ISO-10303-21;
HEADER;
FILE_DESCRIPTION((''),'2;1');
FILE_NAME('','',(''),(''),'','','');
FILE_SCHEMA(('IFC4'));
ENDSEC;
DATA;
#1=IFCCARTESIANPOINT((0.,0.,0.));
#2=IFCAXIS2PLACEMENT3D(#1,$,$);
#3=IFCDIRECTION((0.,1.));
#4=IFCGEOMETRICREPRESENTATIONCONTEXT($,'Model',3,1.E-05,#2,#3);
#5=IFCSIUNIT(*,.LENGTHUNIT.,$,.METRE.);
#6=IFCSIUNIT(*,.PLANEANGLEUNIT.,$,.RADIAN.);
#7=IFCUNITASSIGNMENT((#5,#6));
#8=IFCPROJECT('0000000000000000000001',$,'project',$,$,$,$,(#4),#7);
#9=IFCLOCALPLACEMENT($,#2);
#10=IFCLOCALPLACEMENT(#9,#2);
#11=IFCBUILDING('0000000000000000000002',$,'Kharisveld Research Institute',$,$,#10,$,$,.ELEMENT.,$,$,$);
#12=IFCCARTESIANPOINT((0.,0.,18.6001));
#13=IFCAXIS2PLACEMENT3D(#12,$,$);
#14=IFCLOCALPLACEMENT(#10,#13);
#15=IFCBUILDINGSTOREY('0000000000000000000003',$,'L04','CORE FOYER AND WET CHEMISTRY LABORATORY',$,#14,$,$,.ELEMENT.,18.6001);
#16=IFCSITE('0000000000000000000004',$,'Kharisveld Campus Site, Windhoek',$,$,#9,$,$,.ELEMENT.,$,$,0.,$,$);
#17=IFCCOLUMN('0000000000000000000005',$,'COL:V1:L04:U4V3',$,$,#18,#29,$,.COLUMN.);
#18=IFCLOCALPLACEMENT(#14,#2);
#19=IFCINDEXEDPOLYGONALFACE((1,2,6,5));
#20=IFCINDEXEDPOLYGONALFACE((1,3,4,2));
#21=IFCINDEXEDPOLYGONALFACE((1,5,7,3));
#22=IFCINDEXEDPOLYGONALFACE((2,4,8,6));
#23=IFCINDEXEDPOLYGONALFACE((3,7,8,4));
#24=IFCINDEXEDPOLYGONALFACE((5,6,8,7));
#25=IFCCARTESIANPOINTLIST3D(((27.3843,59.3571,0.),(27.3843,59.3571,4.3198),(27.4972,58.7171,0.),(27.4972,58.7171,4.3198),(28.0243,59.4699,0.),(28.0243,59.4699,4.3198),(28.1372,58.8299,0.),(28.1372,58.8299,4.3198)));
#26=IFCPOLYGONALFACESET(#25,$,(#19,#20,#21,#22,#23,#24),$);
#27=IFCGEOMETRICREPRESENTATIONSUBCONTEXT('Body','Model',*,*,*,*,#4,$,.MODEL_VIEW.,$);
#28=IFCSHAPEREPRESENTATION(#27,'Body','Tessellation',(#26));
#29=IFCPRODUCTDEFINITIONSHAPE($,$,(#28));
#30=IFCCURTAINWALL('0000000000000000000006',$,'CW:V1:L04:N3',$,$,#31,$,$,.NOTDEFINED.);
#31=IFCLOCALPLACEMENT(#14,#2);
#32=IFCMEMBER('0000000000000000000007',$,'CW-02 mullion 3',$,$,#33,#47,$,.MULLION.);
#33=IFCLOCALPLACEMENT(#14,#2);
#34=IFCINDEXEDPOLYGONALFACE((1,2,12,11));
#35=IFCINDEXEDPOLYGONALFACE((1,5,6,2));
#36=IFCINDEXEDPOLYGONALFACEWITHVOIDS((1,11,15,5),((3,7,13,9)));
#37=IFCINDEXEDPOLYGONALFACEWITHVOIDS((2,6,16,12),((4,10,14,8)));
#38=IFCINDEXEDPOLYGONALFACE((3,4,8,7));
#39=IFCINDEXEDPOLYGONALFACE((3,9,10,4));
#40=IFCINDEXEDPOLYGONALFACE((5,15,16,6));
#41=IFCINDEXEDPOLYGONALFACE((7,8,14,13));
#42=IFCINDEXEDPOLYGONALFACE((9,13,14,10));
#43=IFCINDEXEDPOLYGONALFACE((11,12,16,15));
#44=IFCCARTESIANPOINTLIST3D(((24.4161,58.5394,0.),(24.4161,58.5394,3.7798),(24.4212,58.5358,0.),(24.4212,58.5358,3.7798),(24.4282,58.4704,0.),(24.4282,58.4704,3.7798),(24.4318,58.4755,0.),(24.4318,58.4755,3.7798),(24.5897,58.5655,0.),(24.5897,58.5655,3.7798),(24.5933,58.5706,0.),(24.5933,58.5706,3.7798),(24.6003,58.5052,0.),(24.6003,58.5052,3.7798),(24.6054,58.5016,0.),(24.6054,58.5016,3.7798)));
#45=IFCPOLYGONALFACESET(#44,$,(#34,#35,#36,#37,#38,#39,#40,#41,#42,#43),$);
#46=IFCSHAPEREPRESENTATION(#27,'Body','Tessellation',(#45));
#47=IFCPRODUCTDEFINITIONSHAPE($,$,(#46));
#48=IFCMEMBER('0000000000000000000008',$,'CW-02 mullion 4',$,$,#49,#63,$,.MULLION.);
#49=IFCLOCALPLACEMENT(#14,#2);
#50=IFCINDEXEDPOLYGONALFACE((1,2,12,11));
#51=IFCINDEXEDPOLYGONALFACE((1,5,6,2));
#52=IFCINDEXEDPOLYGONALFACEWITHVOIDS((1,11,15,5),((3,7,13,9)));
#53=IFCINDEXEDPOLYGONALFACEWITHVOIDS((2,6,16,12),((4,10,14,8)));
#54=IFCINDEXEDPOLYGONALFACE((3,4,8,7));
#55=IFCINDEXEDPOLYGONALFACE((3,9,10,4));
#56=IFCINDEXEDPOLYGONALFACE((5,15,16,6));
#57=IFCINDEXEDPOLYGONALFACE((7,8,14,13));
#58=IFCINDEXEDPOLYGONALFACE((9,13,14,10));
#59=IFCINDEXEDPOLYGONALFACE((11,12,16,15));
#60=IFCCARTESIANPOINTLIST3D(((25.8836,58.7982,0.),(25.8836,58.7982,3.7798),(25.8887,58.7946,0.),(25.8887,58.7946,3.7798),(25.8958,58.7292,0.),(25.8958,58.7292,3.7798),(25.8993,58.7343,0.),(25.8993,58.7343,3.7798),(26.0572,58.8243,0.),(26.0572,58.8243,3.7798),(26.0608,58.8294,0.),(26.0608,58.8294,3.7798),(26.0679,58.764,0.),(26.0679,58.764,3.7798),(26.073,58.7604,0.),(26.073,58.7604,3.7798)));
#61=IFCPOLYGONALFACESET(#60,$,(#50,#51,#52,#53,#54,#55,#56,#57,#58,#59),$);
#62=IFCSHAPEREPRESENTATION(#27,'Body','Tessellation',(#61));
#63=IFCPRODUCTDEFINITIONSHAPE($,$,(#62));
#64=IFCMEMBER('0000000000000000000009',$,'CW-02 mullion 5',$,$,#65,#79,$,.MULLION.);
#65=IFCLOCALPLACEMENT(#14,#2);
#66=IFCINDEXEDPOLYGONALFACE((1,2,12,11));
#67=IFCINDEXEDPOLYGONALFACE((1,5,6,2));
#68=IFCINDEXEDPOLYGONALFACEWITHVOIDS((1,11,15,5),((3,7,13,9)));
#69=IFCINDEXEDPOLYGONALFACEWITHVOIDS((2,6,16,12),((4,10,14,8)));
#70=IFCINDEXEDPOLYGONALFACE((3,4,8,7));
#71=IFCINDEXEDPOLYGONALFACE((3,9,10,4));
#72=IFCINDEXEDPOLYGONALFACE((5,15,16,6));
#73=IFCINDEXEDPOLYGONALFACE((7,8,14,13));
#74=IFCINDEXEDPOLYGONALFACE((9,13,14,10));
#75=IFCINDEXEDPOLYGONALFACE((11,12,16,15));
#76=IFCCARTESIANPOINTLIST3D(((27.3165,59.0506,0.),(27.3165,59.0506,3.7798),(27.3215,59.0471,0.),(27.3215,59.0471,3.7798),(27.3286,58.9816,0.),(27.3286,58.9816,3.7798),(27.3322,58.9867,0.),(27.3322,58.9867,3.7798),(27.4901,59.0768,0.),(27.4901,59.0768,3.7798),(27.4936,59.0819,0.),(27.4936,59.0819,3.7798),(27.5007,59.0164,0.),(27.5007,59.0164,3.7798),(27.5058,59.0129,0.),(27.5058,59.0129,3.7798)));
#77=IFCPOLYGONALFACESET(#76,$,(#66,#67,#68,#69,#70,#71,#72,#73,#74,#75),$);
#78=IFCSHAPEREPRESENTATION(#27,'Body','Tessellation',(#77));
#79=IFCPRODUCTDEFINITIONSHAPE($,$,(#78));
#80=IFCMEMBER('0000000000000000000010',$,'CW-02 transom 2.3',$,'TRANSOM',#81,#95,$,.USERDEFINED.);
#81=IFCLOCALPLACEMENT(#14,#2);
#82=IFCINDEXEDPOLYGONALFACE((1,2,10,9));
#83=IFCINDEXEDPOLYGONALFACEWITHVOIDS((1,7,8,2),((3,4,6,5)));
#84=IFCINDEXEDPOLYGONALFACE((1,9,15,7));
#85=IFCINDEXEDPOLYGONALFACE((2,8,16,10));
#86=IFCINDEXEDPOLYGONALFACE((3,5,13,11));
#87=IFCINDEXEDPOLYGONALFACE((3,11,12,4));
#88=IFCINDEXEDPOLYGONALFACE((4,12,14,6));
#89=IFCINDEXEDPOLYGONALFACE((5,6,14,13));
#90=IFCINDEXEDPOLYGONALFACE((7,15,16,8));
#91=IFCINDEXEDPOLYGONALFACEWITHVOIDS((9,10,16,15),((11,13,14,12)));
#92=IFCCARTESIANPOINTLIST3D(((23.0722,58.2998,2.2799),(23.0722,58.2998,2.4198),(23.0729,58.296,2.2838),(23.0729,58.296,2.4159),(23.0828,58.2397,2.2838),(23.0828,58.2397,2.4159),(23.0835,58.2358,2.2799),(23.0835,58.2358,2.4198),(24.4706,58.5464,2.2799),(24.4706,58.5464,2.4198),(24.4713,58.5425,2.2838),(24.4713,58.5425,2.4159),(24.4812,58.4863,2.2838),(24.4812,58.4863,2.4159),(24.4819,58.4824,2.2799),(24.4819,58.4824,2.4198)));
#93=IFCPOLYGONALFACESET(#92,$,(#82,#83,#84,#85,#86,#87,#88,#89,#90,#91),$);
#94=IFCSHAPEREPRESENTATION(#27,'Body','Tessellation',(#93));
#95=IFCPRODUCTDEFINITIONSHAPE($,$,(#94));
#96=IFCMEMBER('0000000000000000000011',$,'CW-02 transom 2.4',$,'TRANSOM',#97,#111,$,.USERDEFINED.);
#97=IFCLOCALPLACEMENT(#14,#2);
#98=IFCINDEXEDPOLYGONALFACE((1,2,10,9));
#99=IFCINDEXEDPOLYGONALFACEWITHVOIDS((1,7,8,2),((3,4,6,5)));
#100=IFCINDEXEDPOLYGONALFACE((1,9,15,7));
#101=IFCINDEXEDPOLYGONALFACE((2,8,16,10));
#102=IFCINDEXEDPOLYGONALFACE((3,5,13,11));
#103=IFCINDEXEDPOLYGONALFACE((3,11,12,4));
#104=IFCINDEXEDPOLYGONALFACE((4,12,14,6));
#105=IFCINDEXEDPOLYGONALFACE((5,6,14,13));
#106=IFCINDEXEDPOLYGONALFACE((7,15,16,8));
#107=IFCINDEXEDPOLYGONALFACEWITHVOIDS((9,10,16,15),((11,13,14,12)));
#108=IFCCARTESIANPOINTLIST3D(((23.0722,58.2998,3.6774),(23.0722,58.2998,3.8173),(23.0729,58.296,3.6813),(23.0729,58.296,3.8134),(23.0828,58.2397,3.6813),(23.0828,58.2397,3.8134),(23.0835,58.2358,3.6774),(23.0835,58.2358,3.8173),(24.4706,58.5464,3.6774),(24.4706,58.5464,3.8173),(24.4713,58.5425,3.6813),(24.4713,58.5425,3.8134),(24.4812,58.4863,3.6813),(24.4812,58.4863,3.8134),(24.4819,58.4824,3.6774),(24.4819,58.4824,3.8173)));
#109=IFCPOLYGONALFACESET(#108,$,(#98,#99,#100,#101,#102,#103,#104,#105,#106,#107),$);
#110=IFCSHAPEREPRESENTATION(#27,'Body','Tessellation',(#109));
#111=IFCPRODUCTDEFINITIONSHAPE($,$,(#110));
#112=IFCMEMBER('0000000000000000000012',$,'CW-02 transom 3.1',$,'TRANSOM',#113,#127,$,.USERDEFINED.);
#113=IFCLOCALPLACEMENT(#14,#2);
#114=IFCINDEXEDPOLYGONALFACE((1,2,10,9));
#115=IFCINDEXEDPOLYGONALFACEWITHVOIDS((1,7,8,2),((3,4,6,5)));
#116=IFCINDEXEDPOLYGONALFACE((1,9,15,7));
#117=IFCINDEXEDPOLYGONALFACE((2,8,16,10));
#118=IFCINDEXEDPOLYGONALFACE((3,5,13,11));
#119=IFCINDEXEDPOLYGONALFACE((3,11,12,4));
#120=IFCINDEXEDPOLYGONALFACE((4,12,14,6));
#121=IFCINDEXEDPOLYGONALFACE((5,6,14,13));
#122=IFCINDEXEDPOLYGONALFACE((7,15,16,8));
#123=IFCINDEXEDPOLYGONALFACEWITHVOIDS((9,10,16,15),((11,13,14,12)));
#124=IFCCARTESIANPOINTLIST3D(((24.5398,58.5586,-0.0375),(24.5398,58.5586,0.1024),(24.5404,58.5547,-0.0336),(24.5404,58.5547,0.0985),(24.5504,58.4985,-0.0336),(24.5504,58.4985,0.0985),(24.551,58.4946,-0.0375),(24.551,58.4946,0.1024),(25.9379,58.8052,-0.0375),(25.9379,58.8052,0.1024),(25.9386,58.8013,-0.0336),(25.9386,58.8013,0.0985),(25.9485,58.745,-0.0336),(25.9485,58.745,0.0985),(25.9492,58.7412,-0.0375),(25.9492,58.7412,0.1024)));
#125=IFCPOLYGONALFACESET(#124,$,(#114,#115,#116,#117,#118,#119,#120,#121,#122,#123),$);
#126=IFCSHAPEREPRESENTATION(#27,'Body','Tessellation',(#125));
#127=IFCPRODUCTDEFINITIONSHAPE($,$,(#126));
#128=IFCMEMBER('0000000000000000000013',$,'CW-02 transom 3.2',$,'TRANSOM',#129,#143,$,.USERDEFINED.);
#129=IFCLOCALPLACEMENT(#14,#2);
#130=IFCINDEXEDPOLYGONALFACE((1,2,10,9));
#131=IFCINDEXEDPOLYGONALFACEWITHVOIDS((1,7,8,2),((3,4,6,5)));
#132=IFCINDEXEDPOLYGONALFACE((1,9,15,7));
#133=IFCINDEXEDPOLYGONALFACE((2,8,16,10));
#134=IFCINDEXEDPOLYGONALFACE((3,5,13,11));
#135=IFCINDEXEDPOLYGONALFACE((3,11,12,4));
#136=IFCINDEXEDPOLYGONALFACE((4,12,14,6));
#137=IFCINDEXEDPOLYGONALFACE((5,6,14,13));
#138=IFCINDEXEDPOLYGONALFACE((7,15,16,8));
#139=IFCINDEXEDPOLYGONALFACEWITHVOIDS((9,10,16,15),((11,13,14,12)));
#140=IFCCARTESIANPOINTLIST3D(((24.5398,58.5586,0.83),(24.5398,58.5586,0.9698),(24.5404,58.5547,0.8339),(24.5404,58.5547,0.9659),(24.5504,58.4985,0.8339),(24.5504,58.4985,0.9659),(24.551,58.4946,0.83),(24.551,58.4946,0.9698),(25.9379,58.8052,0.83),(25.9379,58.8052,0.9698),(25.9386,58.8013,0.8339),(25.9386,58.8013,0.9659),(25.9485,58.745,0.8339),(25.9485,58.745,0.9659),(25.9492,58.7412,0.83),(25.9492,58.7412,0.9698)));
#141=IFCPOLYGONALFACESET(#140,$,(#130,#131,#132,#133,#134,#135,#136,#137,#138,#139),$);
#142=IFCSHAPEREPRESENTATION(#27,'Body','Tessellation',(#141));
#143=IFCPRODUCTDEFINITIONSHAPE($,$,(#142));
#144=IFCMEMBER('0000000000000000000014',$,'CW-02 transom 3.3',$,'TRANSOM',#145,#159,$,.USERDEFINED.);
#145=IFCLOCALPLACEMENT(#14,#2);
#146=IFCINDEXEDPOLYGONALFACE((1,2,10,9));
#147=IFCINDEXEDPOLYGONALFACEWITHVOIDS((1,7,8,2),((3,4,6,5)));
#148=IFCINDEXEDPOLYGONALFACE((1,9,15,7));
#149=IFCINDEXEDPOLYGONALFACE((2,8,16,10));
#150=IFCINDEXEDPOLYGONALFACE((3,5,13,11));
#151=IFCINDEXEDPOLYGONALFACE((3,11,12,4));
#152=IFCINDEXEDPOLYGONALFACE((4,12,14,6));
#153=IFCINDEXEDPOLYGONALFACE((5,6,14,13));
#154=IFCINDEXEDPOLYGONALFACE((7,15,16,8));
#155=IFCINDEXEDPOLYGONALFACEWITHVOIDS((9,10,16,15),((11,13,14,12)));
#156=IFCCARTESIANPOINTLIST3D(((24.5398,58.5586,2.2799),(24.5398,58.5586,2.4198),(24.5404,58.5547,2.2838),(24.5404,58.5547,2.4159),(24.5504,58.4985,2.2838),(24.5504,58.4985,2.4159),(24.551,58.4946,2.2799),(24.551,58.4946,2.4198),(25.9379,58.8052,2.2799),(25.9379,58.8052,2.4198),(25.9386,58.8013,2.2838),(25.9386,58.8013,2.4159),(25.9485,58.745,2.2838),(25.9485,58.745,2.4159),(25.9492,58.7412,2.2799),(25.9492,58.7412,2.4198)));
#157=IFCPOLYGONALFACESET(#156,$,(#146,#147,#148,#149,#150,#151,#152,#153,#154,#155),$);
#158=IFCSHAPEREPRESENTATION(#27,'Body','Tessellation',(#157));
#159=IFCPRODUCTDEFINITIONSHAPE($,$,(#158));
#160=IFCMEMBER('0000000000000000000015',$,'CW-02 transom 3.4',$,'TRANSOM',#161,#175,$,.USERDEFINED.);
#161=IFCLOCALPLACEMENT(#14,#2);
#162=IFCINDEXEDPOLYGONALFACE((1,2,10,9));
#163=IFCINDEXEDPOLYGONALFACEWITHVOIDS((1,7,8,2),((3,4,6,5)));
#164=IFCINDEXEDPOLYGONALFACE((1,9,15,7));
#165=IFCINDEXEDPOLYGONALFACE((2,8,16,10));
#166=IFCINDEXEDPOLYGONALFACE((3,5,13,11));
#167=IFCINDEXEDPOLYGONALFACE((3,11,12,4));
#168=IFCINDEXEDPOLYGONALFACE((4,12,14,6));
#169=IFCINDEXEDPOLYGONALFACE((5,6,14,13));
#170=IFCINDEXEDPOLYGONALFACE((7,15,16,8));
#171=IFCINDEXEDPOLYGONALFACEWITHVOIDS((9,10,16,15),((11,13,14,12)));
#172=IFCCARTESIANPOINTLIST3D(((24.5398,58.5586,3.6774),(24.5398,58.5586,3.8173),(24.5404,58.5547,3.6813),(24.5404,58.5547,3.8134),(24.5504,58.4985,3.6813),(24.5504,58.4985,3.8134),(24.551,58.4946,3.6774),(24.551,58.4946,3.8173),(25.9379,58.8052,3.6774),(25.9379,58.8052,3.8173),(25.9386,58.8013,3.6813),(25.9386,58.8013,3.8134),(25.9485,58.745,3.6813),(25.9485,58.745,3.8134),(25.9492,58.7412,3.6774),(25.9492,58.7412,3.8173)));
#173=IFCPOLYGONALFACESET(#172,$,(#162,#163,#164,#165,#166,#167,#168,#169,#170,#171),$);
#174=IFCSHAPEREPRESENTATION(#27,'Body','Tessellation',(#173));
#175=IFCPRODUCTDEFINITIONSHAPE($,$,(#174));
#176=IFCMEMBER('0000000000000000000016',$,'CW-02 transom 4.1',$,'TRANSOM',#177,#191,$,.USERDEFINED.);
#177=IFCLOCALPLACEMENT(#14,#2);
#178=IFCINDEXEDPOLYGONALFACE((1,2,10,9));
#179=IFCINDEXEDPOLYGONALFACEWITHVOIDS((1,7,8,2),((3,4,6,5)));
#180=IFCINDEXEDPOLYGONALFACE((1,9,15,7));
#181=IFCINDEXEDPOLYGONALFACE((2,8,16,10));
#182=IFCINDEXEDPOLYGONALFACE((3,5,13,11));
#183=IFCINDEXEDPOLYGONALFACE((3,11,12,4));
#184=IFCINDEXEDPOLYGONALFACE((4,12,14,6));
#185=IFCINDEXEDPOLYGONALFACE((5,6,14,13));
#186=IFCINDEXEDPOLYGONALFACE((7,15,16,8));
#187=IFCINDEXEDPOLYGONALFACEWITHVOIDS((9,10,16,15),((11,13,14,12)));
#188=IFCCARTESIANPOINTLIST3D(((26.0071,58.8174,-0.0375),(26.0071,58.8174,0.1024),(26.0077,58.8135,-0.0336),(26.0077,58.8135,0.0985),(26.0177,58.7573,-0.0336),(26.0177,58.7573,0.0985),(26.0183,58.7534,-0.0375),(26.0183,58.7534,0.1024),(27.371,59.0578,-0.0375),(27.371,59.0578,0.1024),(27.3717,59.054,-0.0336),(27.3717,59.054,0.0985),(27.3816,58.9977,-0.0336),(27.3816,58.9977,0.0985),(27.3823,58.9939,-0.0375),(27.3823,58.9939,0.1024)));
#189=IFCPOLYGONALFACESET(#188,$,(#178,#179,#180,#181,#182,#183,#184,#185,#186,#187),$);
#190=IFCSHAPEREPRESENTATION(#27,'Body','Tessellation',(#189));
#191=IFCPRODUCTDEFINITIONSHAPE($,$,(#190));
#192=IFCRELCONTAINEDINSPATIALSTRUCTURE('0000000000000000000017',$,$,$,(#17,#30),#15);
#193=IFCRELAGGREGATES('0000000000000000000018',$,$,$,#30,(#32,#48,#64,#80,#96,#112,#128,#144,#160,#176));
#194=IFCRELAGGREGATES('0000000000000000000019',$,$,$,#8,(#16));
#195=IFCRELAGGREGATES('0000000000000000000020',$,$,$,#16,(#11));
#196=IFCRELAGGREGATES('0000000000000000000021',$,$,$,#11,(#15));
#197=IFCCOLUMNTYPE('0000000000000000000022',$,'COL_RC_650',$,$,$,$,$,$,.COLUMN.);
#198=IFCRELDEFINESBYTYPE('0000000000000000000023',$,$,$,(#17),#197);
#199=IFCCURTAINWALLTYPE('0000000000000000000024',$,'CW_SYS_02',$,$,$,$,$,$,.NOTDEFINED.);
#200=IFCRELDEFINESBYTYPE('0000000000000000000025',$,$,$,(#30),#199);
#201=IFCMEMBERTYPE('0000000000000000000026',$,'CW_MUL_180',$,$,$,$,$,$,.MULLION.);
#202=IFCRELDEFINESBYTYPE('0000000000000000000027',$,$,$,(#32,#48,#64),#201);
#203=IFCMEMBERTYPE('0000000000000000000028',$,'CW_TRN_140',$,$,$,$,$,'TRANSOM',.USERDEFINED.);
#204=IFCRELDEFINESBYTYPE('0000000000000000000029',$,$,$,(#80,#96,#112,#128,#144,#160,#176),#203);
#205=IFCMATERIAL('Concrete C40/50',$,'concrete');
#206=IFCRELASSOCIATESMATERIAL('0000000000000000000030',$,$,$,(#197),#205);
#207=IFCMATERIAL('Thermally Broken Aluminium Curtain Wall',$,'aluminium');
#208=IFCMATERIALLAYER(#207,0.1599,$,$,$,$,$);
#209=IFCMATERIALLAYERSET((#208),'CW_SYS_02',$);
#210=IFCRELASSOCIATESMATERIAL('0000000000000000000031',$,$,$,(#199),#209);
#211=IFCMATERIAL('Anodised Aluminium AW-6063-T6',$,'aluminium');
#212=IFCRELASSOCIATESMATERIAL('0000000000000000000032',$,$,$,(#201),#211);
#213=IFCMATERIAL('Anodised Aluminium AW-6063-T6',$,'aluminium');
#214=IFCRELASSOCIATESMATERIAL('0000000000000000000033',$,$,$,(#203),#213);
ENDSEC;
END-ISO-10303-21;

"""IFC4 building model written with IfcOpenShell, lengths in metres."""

from ifc_helpers import new_model, si_unit, direction, frame, origin, origin_2d, place, context, subcontext, project, spatial, rectangle, hollow_rectangle, extrude, material, layer, layer_set, material_profile, profile_set, type_object, element, aggregate, save


model = new_model("IFC4")

# Units and contexts
model_context = context("Model", 3, precision=1e-05, world=origin(), true_north=direction((0.0, 1.0)))
body_context = subcontext(model_context, "Body", "Model", "MODEL_VIEW")
ifc_project = project(units=[si_unit("LENGTHUNIT", "METRE"), si_unit("PLANEANGLEUNIT", "RADIAN")], contexts=[model_context])

# Site, building, storey
site_placement = place(None, origin())
site = spatial("IfcSite", under=ifc_project, at=site_placement, Name="Kharisveld Campus Site, Windhoek", CompositionType="ELEMENT", RefElevation=0.0)
building_placement = place(site_placement, origin())
building = spatial("IfcBuilding", under=site, at=building_placement, Name="Kharisveld Research Institute", CompositionType="ELEMENT")
storey_placement = place(building_placement, frame((0.0, 0.0, 18.6001)))
storey = spatial("IfcBuildingStorey", under=building, at=storey_placement, Name="L04", Description="CORE FOYER AND WET CHEMISTRY LABORATORY", CompositionType="ELEMENT", Elevation=18.6001)

# Column
ifc_material_1 = material(Name="Concrete C40/50", Category="concrete")
ifc_material_profile_1 = material_profile(ifc_material_1, rectangle(XDim=0.6499, YDim=0.6499, at=origin_2d()))
ifc_profile_set_1 = profile_set([ifc_material_profile_1], Name="Concrete C40/50")
column_type = type_object("IfcColumnType", Name="COL_RC_650", PredefinedType="COLUMN", material=ifc_profile_set_1)
column_placement = place(storey_placement, frame((27.7607, 59.0935, 0.0), z_axis=(0.0, 0.0, 1.0), x_axis=(0.984808, 0.173648, 0.0)))
element("IfcColumn", 1, at=column_placement, inside=storey, type_object=column_type, Name="COL:V1:L04:U4V3", PredefinedType="COLUMN", context=body_context, shape_type="SweptSolid", body=[
    extrude(rectangle(XDim=0.6499, YDim=0.6499, at=origin_2d()), origin(), (0.0, 0.0, 1.0), 4.3198),
])

# Curtain wall, members
ifc_material_2 = material(Name="Thermally Broken Aluminium Curtain Wall", Category="aluminium")
ifc_layer_1 = layer(ifc_material_2, 0.1599)
ifc_layer_set_1 = layer_set([ifc_layer_1], Name="CW_SYS_02")
curtain_wall_type = type_object("IfcCurtainWallType", Name="CW_SYS_02", PredefinedType="NOTDEFINED", material=ifc_layer_set_1)
curtain_wall_placement = place(storey_placement, origin())
curtain_wall = element("IfcCurtainWall", 2, at=curtain_wall_placement, inside=storey, type_object=curtain_wall_type, Name="CW:V1:L04:N3", PredefinedType="NOTDEFINED")
ifc_material_3 = material(Name="Anodised Aluminium AW-6063-T6", Category="aluminium")
ifc_material_profile_2 = material_profile(ifc_material_3, hollow_rectangle(XDim=0.0701, YDim=0.1799, WallThickness=0.0044, at=origin_2d()))
ifc_profile_set_2 = profile_set([ifc_material_profile_2], Name="Anodised Aluminium AW-6063-T6")
member_type_1 = type_object("IfcMemberType", Name="CW_MUL_180", PredefinedType="MULLION", material=ifc_profile_set_2)
member_1_placement = place(storey_placement, frame((24.5107, 58.5205, 0.0), z_axis=(0.0, 0.0, 1.0), x_axis=(-0.173648, 0.984808, 0.0)))
member_1 = element("IfcMember", 3, at=member_1_placement, type_object=member_type_1, Name="CW-02 mullion 3", PredefinedType="MULLION", context=body_context, shape_type="SweptSolid", body=[
    extrude(hollow_rectangle(XDim=0.0701, YDim=0.1799, WallThickness=0.0044, at=origin_2d()), origin(), (0.0, 0.0, 1.0), 3.7798),
])
member_2_placement = place(storey_placement, frame((25.9783, 58.7793, 0.0), z_axis=(0.0, 0.0, 1.0), x_axis=(-0.173648, 0.984808, 0.0)))
member_2 = element("IfcMember", 4, at=member_2_placement, type_object=member_type_1, Name="CW-02 mullion 4", PredefinedType="MULLION", context=body_context, shape_type="SweptSolid", body=[
    extrude(hollow_rectangle(XDim=0.0701, YDim=0.1799, WallThickness=0.0044, at=origin_2d()), origin(), (0.0, 0.0, 1.0), 3.7798),
])
member_3_placement = place(storey_placement, frame((27.4111, 59.0317, 0.0), z_axis=(0.0, 0.0, 1.0), x_axis=(-0.173648, 0.984808, 0.0)))
member_3 = element("IfcMember", 5, at=member_3_placement, type_object=member_type_1, Name="CW-02 mullion 5", PredefinedType="MULLION", context=body_context, shape_type="SweptSolid", body=[
    extrude(hollow_rectangle(XDim=0.0701, YDim=0.1799, WallThickness=0.0044, at=origin_2d()), origin(), (0.0, 0.0, 1.0), 3.7798),
])
ifc_material_4 = material(Name="Anodised Aluminium AW-6063-T6", Category="aluminium")
ifc_material_profile_3 = material_profile(ifc_material_4, hollow_rectangle(XDim=0.0649, YDim=0.1399, WallThickness=0.0039, at=origin_2d()))
ifc_profile_set_3 = profile_set([ifc_material_profile_3], Name="Anodised Aluminium AW-6063-T6")
member_type_2 = type_object("IfcMemberType", Name="CW_TRN_140", ElementType="TRANSOM", PredefinedType="USERDEFINED", material=ifc_profile_set_3)
member_4_placement = place(storey_placement, frame((23.0779, 58.2678, 2.3499), z_axis=(0.984808, 0.173648, 0.0), x_axis=(-0.173648, 0.984808, 0.0)))
member_4 = element("IfcMember", 6, at=member_4_placement, type_object=member_type_2, Name="CW-02 transom 2.3", ObjectType="TRANSOM", PredefinedType="USERDEFINED", context=body_context, shape_type="SweptSolid", body=[
    extrude(hollow_rectangle(XDim=0.0649, YDim=0.1399, WallThickness=0.0039, at=origin_2d()), origin(), (0.0, 0.0, 1.0), 1.4199),
])
member_5_placement = place(storey_placement, frame((23.0779, 58.2678, 3.7473), z_axis=(0.984808, 0.173648, 0.0), x_axis=(-0.173648, 0.984808, 0.0)))
member_5 = element("IfcMember", 7, at=member_5_placement, type_object=member_type_2, Name="CW-02 transom 2.4", ObjectType="TRANSOM", PredefinedType="USERDEFINED", context=body_context, shape_type="SweptSolid", body=[
    extrude(hollow_rectangle(XDim=0.0649, YDim=0.1399, WallThickness=0.0039, at=origin_2d()), origin(), (0.0, 0.0, 1.0), 1.4199),
])
member_6_placement = place(storey_placement, frame((24.5454, 58.5266, 0.0325), z_axis=(0.984803, 0.173677, 0.0), x_axis=(-0.173677, 0.984803, 0.0)))
member_6 = element("IfcMember", 8, at=member_6_placement, type_object=member_type_2, Name="CW-02 transom 3.1", ObjectType="TRANSOM", PredefinedType="USERDEFINED", context=body_context, shape_type="SweptSolid", body=[
    extrude(hollow_rectangle(XDim=0.0649, YDim=0.1399, WallThickness=0.0039, at=origin_2d()), origin(), (0.0, 0.0, 1.0), 1.4197),
])
member_7_placement = place(storey_placement, frame((24.5454, 58.5266, 0.8999), z_axis=(0.984803, 0.173677, 0.0), x_axis=(-0.173677, 0.984803, 0.0)))
member_7 = element("IfcMember", 9, at=member_7_placement, type_object=member_type_2, Name="CW-02 transom 3.2", ObjectType="TRANSOM", PredefinedType="USERDEFINED", context=body_context, shape_type="SweptSolid", body=[
    extrude(hollow_rectangle(XDim=0.0649, YDim=0.1399, WallThickness=0.0039, at=origin_2d()), origin(), (0.0, 0.0, 1.0), 1.4197),
])
member_8_placement = place(storey_placement, frame((24.5454, 58.5266, 2.3499), z_axis=(0.984803, 0.173677, 0.0), x_axis=(-0.173677, 0.984803, 0.0)))
member_8 = element("IfcMember", 10, at=member_8_placement, type_object=member_type_2, Name="CW-02 transom 3.3", ObjectType="TRANSOM", PredefinedType="USERDEFINED", context=body_context, shape_type="SweptSolid", body=[
    extrude(hollow_rectangle(XDim=0.0649, YDim=0.1399, WallThickness=0.0039, at=origin_2d()), origin(), (0.0, 0.0, 1.0), 1.4197),
])
member_9_placement = place(storey_placement, frame((24.5454, 58.5266, 3.7473), z_axis=(0.984803, 0.173677, 0.0), x_axis=(-0.173677, 0.984803, 0.0)))
member_9 = element("IfcMember", 11, at=member_9_placement, type_object=member_type_2, Name="CW-02 transom 3.4", ObjectType="TRANSOM", PredefinedType="USERDEFINED", context=body_context, shape_type="SweptSolid", body=[
    extrude(hollow_rectangle(XDim=0.0649, YDim=0.1399, WallThickness=0.0039, at=origin_2d()), origin(), (0.0, 0.0, 1.0), 1.4197),
])
member_10_placement = place(storey_placement, frame((26.0127, 58.7854, 0.0325), z_axis=(0.984812, 0.173624, 0.0), x_axis=(-0.173624, 0.984812, 0.0)))
member_10 = element("IfcMember", 12, at=member_10_placement, type_object=member_type_2, Name="CW-02 transom 4.1", ObjectType="TRANSOM", PredefinedType="USERDEFINED", context=body_context, shape_type="SweptSolid", body=[
    extrude(hollow_rectangle(XDim=0.0649, YDim=0.1399, WallThickness=0.0039, at=origin_2d()), origin(), (0.0, 0.0, 1.0), 1.385),
])

aggregate(curtain_wall, [member_1, member_2, member_3, member_4, member_5, member_6, member_7, member_8, member_9, member_10])

save(model, "model.ifc")
